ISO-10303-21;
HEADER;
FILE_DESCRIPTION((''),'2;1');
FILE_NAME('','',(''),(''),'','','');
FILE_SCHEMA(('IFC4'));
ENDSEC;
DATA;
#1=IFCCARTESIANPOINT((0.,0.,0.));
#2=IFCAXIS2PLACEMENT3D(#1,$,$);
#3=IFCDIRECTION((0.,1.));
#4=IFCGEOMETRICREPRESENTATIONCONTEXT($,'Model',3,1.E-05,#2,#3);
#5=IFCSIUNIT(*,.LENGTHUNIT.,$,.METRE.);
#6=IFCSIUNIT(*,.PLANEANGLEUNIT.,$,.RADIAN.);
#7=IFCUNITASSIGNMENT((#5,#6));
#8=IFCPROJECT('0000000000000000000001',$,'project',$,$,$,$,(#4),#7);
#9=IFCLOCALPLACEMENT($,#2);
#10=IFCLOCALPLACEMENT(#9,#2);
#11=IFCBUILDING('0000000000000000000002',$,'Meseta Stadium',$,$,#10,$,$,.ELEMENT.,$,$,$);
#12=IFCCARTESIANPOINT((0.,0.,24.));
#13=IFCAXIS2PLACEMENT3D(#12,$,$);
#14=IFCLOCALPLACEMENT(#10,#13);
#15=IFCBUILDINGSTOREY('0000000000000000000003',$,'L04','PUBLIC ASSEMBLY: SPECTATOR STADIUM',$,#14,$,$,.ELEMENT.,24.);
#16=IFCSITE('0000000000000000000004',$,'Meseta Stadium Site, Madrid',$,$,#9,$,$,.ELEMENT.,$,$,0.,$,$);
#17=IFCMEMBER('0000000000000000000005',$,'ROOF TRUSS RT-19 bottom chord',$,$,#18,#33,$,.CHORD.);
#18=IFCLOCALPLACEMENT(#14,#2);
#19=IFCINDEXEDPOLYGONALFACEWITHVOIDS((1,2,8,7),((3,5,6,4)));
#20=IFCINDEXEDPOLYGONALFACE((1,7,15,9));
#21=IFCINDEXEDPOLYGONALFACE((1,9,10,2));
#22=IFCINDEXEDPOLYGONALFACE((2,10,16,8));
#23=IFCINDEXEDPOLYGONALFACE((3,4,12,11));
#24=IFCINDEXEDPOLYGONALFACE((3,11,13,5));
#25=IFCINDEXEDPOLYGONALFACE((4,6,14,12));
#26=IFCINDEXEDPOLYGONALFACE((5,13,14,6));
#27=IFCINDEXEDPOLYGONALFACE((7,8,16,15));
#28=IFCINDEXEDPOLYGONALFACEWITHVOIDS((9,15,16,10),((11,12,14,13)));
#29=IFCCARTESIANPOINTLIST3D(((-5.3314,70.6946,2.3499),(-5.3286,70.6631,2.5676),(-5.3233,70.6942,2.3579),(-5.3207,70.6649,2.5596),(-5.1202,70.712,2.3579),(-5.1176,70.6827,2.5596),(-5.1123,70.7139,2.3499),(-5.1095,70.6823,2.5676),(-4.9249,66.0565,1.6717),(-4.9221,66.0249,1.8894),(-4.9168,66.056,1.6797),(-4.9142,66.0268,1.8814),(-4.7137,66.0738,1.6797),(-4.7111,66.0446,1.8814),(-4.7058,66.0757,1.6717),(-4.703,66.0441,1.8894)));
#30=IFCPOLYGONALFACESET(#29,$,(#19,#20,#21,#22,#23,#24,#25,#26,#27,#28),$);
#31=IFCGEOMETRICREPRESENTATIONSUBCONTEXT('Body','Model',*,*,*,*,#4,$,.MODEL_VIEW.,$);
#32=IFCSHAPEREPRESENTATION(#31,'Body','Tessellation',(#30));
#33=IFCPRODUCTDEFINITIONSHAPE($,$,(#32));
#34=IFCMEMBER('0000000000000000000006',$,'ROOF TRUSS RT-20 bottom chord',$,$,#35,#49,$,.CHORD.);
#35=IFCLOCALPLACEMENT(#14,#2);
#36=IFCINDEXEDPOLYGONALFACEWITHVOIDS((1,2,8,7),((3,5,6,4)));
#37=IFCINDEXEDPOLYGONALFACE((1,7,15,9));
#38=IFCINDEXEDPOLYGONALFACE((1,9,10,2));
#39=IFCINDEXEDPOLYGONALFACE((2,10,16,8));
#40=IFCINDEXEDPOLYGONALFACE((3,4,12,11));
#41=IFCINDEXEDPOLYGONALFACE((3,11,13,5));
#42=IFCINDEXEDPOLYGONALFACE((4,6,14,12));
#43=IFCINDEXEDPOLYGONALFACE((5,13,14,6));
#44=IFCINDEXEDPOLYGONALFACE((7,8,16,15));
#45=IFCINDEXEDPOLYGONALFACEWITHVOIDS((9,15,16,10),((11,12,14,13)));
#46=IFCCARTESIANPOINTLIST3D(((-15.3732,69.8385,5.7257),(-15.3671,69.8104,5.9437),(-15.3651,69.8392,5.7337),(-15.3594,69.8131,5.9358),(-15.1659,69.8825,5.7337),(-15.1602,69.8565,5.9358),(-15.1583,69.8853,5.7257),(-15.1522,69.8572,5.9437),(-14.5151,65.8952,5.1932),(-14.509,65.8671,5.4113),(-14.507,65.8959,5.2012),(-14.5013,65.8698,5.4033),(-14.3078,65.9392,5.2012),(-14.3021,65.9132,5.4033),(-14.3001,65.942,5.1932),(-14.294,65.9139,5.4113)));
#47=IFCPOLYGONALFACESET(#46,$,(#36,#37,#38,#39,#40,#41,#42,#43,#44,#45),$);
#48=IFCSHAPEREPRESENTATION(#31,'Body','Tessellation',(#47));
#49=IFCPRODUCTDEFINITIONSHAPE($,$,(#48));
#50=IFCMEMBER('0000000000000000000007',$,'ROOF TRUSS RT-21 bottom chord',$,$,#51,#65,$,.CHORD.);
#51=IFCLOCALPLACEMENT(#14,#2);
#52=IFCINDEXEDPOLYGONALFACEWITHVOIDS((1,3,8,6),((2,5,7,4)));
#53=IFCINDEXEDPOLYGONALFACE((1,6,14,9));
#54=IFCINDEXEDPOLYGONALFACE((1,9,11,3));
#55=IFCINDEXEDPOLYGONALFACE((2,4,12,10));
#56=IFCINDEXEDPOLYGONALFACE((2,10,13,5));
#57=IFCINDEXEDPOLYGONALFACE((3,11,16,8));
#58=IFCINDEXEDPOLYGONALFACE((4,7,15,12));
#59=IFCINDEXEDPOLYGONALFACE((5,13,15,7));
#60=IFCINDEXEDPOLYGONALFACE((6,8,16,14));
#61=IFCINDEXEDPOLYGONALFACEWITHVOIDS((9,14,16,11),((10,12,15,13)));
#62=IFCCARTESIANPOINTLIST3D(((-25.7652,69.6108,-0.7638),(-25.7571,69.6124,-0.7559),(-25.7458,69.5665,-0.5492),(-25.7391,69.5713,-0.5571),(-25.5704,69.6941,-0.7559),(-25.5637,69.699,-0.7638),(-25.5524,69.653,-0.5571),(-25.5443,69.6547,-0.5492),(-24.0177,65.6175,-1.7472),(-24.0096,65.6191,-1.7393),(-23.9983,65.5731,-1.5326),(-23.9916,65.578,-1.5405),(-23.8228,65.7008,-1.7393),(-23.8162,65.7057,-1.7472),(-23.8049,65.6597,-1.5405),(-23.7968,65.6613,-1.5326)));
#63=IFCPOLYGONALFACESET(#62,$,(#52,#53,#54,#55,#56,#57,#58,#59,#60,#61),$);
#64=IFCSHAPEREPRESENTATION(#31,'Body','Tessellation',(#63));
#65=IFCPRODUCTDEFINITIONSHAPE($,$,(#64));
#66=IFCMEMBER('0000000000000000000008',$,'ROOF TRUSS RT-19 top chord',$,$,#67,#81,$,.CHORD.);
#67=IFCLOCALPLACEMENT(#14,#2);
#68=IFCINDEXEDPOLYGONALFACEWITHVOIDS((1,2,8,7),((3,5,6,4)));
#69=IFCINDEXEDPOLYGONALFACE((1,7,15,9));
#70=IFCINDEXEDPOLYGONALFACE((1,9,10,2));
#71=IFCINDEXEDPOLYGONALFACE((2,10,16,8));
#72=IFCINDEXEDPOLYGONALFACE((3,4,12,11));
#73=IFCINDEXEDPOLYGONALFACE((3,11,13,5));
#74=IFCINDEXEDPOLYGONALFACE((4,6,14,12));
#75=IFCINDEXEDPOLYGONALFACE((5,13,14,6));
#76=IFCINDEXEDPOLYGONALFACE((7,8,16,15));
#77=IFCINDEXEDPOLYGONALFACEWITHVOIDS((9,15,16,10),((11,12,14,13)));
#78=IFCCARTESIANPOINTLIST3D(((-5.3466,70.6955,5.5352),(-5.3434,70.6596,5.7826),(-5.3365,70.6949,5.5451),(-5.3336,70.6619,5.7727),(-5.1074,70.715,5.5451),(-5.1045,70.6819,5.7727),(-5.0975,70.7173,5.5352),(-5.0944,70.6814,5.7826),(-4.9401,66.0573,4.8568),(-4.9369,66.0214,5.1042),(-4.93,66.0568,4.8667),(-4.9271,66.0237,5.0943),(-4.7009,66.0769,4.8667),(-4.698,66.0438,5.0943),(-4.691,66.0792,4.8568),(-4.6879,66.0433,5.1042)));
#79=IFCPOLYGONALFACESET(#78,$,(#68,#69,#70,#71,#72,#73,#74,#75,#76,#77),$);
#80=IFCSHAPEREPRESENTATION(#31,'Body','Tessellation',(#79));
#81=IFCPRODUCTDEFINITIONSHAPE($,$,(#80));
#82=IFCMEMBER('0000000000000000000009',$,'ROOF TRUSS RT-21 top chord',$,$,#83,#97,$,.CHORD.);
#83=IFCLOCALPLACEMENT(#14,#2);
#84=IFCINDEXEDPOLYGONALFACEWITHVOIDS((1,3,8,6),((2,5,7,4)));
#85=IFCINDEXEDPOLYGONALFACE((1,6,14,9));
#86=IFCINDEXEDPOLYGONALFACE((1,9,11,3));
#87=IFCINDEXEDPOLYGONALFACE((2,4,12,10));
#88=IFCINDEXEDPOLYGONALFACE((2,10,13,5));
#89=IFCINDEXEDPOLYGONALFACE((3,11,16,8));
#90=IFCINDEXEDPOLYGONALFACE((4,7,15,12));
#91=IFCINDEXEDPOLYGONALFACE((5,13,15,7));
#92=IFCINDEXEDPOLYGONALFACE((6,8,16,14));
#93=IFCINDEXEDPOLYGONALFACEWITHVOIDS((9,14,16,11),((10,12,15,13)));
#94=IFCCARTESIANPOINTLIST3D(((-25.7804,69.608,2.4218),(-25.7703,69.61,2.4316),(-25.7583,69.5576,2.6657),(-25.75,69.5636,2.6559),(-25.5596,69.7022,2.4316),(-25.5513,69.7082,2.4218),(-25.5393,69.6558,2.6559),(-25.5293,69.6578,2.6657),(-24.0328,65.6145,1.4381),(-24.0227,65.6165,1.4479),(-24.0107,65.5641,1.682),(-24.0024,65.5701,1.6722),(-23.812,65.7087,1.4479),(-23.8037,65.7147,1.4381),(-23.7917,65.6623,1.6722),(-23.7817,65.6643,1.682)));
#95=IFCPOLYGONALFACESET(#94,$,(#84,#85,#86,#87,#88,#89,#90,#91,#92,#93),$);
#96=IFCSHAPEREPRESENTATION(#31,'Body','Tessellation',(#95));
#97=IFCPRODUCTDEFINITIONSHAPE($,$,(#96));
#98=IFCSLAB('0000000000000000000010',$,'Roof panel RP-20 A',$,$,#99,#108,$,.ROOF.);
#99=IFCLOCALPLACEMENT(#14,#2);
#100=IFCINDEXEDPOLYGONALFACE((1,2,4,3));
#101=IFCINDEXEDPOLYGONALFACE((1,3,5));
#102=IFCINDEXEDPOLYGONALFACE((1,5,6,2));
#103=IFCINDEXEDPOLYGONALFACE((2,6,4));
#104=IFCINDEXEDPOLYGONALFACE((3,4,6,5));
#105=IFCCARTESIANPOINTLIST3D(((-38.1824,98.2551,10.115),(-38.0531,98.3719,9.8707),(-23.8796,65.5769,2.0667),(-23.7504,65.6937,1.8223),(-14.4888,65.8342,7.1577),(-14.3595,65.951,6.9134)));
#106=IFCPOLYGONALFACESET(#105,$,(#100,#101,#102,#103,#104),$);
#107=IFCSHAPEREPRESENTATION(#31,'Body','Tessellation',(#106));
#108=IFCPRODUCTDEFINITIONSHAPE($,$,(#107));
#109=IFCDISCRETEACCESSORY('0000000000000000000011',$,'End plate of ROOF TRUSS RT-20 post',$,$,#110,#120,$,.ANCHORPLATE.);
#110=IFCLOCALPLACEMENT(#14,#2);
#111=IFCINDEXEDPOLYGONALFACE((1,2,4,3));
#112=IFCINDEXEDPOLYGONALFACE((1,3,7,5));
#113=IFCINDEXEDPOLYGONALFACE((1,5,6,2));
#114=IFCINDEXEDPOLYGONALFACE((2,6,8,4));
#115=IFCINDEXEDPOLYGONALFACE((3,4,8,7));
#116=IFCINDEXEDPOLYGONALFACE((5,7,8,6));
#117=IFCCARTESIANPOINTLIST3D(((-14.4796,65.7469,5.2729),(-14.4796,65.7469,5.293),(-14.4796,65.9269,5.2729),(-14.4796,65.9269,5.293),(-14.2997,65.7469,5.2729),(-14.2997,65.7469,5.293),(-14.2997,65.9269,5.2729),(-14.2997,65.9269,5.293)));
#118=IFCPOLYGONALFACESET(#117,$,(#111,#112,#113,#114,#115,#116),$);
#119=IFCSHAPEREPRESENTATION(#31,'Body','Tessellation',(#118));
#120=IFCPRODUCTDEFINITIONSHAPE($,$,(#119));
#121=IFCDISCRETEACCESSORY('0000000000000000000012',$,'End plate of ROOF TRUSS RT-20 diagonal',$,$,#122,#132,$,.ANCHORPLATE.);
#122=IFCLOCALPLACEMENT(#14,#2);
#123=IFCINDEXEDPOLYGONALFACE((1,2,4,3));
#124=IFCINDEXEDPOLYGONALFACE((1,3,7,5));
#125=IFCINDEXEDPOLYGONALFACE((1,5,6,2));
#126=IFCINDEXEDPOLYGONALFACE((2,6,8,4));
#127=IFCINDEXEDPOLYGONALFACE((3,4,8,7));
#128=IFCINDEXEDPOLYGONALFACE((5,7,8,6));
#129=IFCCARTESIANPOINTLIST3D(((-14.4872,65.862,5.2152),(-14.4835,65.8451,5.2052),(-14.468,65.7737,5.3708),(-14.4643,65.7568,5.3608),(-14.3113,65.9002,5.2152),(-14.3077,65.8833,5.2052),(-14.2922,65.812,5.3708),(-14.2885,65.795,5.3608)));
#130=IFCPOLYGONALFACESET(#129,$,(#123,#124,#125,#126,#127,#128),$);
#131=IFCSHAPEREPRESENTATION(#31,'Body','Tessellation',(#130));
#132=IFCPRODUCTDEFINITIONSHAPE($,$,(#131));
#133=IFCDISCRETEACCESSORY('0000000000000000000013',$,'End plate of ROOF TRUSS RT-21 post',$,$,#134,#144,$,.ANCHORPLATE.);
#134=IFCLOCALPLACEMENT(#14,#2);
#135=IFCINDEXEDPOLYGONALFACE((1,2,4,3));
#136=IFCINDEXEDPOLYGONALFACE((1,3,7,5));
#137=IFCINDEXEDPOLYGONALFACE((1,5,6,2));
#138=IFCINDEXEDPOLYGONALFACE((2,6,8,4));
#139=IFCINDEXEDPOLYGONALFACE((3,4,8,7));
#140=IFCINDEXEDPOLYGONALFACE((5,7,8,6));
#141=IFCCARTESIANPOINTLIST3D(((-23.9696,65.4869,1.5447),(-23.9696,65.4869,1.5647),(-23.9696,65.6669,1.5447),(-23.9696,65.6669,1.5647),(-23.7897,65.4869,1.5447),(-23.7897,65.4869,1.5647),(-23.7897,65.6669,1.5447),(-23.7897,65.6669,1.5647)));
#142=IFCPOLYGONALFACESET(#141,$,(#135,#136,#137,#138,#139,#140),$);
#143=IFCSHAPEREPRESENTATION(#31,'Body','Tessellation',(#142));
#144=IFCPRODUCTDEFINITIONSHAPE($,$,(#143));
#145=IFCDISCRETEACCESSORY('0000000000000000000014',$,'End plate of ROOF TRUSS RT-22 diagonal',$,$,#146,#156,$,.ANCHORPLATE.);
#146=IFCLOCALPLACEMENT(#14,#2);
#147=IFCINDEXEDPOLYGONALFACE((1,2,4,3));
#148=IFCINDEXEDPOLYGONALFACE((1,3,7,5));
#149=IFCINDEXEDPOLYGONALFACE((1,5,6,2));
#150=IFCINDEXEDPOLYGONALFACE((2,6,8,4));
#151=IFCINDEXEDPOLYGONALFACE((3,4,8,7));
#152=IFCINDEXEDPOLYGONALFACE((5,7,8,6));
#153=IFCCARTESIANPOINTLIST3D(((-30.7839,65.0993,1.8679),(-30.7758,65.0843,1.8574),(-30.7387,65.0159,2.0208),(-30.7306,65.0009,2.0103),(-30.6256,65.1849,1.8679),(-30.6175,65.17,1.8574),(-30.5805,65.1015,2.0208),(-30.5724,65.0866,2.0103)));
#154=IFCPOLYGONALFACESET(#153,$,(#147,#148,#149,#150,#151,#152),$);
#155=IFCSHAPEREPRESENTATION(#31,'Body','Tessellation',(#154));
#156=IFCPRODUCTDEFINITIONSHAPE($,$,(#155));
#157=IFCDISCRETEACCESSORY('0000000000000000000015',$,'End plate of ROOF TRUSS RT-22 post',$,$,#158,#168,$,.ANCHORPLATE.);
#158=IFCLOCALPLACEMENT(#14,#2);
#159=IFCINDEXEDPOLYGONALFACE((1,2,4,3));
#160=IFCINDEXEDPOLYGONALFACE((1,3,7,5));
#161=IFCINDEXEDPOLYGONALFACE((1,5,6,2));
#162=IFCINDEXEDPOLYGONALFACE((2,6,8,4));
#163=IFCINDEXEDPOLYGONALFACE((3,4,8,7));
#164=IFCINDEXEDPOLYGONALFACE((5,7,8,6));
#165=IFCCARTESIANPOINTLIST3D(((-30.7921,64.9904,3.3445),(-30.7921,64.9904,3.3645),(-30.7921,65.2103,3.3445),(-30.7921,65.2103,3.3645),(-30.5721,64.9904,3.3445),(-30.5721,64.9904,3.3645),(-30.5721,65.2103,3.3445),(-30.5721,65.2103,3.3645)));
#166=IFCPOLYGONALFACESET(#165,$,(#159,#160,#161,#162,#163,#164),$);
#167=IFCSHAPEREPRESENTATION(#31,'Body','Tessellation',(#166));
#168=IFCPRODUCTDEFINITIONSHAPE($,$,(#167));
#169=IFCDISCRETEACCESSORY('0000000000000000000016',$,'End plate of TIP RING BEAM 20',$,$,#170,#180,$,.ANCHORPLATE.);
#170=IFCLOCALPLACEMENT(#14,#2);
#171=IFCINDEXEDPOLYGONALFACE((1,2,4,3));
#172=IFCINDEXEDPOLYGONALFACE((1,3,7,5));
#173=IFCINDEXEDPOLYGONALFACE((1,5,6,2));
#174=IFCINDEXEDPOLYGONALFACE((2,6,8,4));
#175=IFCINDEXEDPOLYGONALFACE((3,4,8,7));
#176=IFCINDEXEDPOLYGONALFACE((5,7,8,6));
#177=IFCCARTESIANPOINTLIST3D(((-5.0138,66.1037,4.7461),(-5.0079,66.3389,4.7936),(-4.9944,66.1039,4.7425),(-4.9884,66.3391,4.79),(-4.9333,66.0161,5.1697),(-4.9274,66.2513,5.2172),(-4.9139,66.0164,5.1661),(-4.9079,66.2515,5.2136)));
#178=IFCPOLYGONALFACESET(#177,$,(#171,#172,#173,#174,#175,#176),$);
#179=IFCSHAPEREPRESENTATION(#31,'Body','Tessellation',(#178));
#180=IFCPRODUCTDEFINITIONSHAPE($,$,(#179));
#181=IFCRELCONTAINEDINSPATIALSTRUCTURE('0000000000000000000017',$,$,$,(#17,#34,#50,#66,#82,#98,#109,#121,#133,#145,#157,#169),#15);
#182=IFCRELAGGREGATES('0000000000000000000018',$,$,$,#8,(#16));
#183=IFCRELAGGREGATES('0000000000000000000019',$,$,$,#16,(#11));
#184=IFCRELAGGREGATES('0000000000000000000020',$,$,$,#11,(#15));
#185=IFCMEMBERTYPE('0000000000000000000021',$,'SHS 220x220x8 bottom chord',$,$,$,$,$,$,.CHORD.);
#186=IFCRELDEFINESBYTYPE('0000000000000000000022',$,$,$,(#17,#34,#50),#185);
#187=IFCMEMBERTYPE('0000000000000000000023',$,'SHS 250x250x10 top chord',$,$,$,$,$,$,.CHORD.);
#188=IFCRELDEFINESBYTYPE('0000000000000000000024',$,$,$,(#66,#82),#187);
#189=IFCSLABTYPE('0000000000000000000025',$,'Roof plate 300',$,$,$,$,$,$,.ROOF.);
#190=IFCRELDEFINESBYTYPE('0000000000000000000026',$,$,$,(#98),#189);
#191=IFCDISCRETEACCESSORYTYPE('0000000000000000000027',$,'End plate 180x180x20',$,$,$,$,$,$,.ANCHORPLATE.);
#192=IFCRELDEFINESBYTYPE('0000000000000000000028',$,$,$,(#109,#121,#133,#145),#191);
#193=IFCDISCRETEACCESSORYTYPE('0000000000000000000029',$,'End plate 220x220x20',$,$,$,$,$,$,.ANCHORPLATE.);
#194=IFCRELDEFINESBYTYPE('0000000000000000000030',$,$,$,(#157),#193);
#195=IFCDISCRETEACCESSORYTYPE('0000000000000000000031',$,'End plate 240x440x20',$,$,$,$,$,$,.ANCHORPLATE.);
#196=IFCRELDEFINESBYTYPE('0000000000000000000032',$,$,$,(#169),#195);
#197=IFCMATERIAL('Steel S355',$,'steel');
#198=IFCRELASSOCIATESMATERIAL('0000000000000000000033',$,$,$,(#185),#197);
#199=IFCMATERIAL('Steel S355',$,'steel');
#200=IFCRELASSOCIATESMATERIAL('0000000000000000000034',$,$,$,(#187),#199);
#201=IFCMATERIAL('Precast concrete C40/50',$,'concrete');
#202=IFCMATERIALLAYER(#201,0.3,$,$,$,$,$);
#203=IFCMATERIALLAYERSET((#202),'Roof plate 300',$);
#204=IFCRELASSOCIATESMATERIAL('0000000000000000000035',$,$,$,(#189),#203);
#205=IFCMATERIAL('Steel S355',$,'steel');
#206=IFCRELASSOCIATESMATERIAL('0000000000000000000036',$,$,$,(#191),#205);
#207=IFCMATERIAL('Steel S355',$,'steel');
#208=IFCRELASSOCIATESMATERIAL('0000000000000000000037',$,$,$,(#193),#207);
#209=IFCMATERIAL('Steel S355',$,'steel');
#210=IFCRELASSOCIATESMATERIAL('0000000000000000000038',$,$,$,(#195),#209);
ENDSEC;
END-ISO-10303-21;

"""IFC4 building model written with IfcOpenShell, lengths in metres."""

from ifc_helpers import new_model, si_unit, direction, frame, origin, origin_2d, place, context, subcontext, project, spatial, polyline, rectangle, hollow_rectangle, outline, extrude, material, layer, layer_set, material_profile, profile_set, type_object, element, save


model = new_model("IFC4")

# Units and contexts
model_context = context("Model", 3, precision=1e-05, world=origin(), true_north=direction((0.0, 1.0)))
body_context = subcontext(model_context, "Body", "Model", "MODEL_VIEW")
ifc_project = project(units=[si_unit("LENGTHUNIT", "METRE"), si_unit("PLANEANGLEUNIT", "RADIAN")], contexts=[model_context])

# Site, building, storey
site_placement = place(None, origin())
site = spatial("IfcSite", under=ifc_project, at=site_placement, Name="Meseta Stadium Site, Madrid", CompositionType="ELEMENT", RefElevation=0.0)
building_placement = place(site_placement, origin())
building = spatial("IfcBuilding", under=site, at=building_placement, Name="Meseta Stadium", CompositionType="ELEMENT")
storey_placement = place(building_placement, frame((0.0, 0.0, 24.0)))
storey = spatial("IfcBuildingStorey", under=building, at=storey_placement, Name="L04", Description="PUBLIC ASSEMBLY: SPECTATOR STADIUM", CompositionType="ELEMENT", Elevation=24.0)

# Members
ifc_material_1 = material(Name="Steel S355", Category="steel")
ifc_material_profile_1 = material_profile(ifc_material_1, hollow_rectangle(XDim=0.22, YDim=0.22, WallThickness=0.0081, at=origin_2d()), Name="SHS 220x220x8")
ifc_profile_set_1 = profile_set([ifc_material_profile_1], Name="Steel S355")
member_type_1 = type_object("IfcMemberType", Name="SHS 220x220x8 bottom chord", PredefinedType="CHORD", material=ifc_profile_set_1)
member_1_placement = place(storey_placement, frame((-4.814, 66.0503, 1.7805), z_axis=(-0.086394, 0.985778, 0.144146), x_axis=(-0.996182, -0.087306, 0.0)))
element("IfcMember", 1, at=member_1_placement, inside=storey, type_object=member_type_1, Name="ROOF TRUSS RT-19 bottom chord", PredefinedType="CHORD", context=body_context, shape_type="SweptSolid", body=[
    extrude(hollow_rectangle(XDim=0.22, YDim=0.22, WallThickness=0.0081, at=origin_2d()), origin(), (0.0, 0.0, 1.0), 4.7051),
])
member_2_placement = place(storey_placement, frame((-14.4045, 65.9045, 5.3022), z_axis=(-0.210816, 0.968734, 0.130808), x_axis=(-0.97713, -0.212643, 0.0)))
element("IfcMember", 2, at=member_2_placement, inside=storey, type_object=member_type_1, Name="ROOF TRUSS RT-20 bottom chord", PredefinedType="CHORD", context=body_context, shape_type="SweptSolid", body=[
    extrude(hollow_rectangle(XDim=0.22, YDim=0.22, WallThickness=0.0081, at=origin_2d()), origin(), (0.0, 0.0, 1.0), 4.0706),
])
member_3_placement = place(storey_placement, frame((-23.9072, 65.6394, -1.6399), z_axis=(-0.391076, 0.893661, 0.220069), x_axis=(-0.91612, -0.400904, 0.0)))
element("IfcMember", 3, at=member_3_placement, inside=storey, type_object=member_type_1, Name="ROOF TRUSS RT-21 bottom chord", PredefinedType="CHORD", context=body_context, shape_type="SweptSolid", body=[
    extrude(hollow_rectangle(XDim=0.22, YDim=0.22, WallThickness=0.0081, at=origin_2d()), origin(), (0.0, 0.0, 1.0), 4.4685),
])
ifc_material_2 = material(Name="Steel S355", Category="steel")
ifc_material_profile_2 = material_profile(ifc_material_2, hollow_rectangle(XDim=0.25, YDim=0.25, WallThickness=0.01, at=origin_2d()), Name="SHS 250x250x10")
ifc_profile_set_2 = profile_set([ifc_material_profile_2], Name="Steel S355")
member_type_2 = type_object("IfcMemberType", Name="SHS 250x250x10 top chord", PredefinedType="CHORD", material=ifc_profile_set_2)
member_4_placement = place(storey_placement, frame((-4.814, 66.0503, 4.9805), z_axis=(-0.086394, 0.98577, 0.144197), x_axis=(-0.996182, -0.087306, 0.0)))
element("IfcMember", 4, at=member_4_placement, inside=storey, type_object=member_type_2, Name="ROOF TRUSS RT-19 top chord", PredefinedType="CHORD", context=body_context, shape_type="SweptSolid", body=[
    extrude(hollow_rectangle(XDim=0.25, YDim=0.25, WallThickness=0.01, at=origin_2d()), origin(), (0.0, 0.0, 1.0), 4.7051),
])
member_5_placement = place(storey_placement, frame((-23.9072, 65.6394, 1.5601), z_axis=(-0.391071, 0.89365, 0.220121), x_axis=(-0.91612, -0.400904, 0.0)))
element("IfcMember", 5, at=member_5_placement, inside=storey, type_object=member_type_2, Name="ROOF TRUSS RT-21 top chord", PredefinedType="CHORD", context=body_context, shape_type="SweptSolid", body=[
    extrude(hollow_rectangle(XDim=0.25, YDim=0.25, WallThickness=0.01, at=origin_2d()), origin(), (0.0, 0.0, 1.0), 4.4688),
])

# Slab
ifc_material_3 = material(Name="Precast concrete C40/50", Category="concrete")
ifc_layer = layer(ifc_material_3, 0.3)
ifc_layer_set = layer_set([ifc_layer], Name="Roof plate 300")
slab_type = type_object("IfcSlabType", Name="Roof plate 300", PredefinedType="ROOF", material=ifc_layer_set)
slab_placement = place(storey_placement, frame((-23.8796, 65.5769, 2.0667), z_axis=(-0.430778, -0.389092, 0.814271), x_axis=(-0.391128, 0.893632, 0.220093)))
element("IfcSlab", 6, at=slab_placement, inside=storey, type_object=slab_type, Name="Roof panel RP-20 A", PredefinedType="ROOF", context=body_context, shape_type="SweptSolid", body=[
    extrude(outline(polyline([(0.0, 0.0), (36.5679, 0.0), (-2.3226, -10.4297), (0.0, 0.0)])), origin(), (0.0, 0.0, -1.0), 0.3),
])

# Discrete accessories
ifc_material_4 = material(Name="Steel S355", Category="steel")
ifc_material_profile_3 = material_profile(ifc_material_4, rectangle(XDim=0.1799, YDim=0.1799, at=origin_2d()), Name="PL 180x180")
ifc_profile_set_3 = profile_set([ifc_material_profile_3], Name="Steel S355")
discrete_accessory_type_1 = type_object("IfcDiscreteAccessoryType", Name="End plate 180x180x20", PredefinedType="ANCHORPLATE", material=ifc_profile_set_3)
for number, where, z_axis, x_axis, name in (
    (7, (-14.3896, 65.8369, 5.2729), (0.0, 0.0, 1.0), (1.0, 0.0, 0.0), "End plate of ROOF TRUSS RT-20 post"),
    (8, (-14.386, 65.8201, 5.283), (-0.183707, 0.845053, 0.502133), (-0.977176, -0.21243, 0.0), "End plate of ROOF TRUSS RT-20 diagonal"),
    (9, (-23.8796, 65.5769, 1.5447), (0.0, 0.0, 1.0), (1.0, 0.0, 0.0), "End plate of ROOF TRUSS RT-21 post"),
    (10, (-30.6741, 65.0854, 1.9338), (-0.404398, 0.747524, 0.526943), (-0.879543, -0.475819, 0.0), "End plate of ROOF TRUSS RT-22 diagonal"),
):
    element("IfcDiscreteAccessory", number, at=place(storey_placement, frame(where, z_axis=z_axis, x_axis=x_axis)), inside=storey, type_object=discrete_accessory_type_1, Name=name, PredefinedType="ANCHORPLATE", context=body_context, shape_type="SweptSolid", body=[
        extrude(rectangle(XDim=0.1799, YDim=0.1799, at=origin_2d()), origin(), (0.0, 0.0, 1.0), 0.02),
    ])
ifc_material_5 = material(Name="Steel S355", Category="steel")
ifc_material_profile_4 = material_profile(ifc_material_5, rectangle(XDim=0.22, YDim=0.22, at=origin_2d()), Name="PL 220x220")
ifc_profile_set_4 = profile_set([ifc_material_profile_4], Name="Steel S355")
discrete_accessory_type_2 = type_object("IfcDiscreteAccessoryType", Name="End plate 220x220x20", PredefinedType="ANCHORPLATE", material=ifc_profile_set_4)
discrete_accessory_1_placement = place(storey_placement, frame((-30.6821, 65.1003, 3.3445), z_axis=(0.0, 0.0, 1.0), x_axis=(1.0, 0.0, 0.0)))
element("IfcDiscreteAccessory", 11, at=discrete_accessory_1_placement, inside=storey, type_object=discrete_accessory_type_2, Name="End plate of ROOF TRUSS RT-22 post", PredefinedType="ANCHORPLATE", context=body_context, shape_type="SweptSolid", body=[
    extrude(rectangle(XDim=0.22, YDim=0.22, at=origin_2d()), origin(), (0.0, 0.0, 1.0), 0.02),
])
ifc_material_6 = material(Name="Steel S355", Category="steel")
ifc_material_profile_5 = material_profile(ifc_material_6, rectangle(XDim=0.24, YDim=0.4399, at=origin_2d()), Name="PL 240x440")
ifc_profile_set_5 = profile_set([ifc_material_profile_5], Name="Steel S355")
discrete_accessory_type_3 = type_object("IfcDiscreteAccessoryType", Name="End plate 240x440x20", PredefinedType="ANCHORPLATE", material=ifc_profile_set_5)
discrete_accessory_2_placement = place(storey_placement, frame((-4.9512, 66.1777, 4.978), z_axis=(-0.982798, -0.012285, 0.184275), x_axis=(-0.02486, -0.979904, -0.197912)))
element("IfcDiscreteAccessory", 12, at=discrete_accessory_2_placement, inside=storey, type_object=discrete_accessory_type_3, Name="End plate of TIP RING BEAM 20", PredefinedType="ANCHORPLATE", context=body_context, shape_type="SweptSolid", body=[
    extrude(rectangle(XDim=0.24, YDim=0.4399, at=origin_2d()), origin(), (0.0, 0.0, 1.0), 0.0198),
])

save(model, "model.ifc")
